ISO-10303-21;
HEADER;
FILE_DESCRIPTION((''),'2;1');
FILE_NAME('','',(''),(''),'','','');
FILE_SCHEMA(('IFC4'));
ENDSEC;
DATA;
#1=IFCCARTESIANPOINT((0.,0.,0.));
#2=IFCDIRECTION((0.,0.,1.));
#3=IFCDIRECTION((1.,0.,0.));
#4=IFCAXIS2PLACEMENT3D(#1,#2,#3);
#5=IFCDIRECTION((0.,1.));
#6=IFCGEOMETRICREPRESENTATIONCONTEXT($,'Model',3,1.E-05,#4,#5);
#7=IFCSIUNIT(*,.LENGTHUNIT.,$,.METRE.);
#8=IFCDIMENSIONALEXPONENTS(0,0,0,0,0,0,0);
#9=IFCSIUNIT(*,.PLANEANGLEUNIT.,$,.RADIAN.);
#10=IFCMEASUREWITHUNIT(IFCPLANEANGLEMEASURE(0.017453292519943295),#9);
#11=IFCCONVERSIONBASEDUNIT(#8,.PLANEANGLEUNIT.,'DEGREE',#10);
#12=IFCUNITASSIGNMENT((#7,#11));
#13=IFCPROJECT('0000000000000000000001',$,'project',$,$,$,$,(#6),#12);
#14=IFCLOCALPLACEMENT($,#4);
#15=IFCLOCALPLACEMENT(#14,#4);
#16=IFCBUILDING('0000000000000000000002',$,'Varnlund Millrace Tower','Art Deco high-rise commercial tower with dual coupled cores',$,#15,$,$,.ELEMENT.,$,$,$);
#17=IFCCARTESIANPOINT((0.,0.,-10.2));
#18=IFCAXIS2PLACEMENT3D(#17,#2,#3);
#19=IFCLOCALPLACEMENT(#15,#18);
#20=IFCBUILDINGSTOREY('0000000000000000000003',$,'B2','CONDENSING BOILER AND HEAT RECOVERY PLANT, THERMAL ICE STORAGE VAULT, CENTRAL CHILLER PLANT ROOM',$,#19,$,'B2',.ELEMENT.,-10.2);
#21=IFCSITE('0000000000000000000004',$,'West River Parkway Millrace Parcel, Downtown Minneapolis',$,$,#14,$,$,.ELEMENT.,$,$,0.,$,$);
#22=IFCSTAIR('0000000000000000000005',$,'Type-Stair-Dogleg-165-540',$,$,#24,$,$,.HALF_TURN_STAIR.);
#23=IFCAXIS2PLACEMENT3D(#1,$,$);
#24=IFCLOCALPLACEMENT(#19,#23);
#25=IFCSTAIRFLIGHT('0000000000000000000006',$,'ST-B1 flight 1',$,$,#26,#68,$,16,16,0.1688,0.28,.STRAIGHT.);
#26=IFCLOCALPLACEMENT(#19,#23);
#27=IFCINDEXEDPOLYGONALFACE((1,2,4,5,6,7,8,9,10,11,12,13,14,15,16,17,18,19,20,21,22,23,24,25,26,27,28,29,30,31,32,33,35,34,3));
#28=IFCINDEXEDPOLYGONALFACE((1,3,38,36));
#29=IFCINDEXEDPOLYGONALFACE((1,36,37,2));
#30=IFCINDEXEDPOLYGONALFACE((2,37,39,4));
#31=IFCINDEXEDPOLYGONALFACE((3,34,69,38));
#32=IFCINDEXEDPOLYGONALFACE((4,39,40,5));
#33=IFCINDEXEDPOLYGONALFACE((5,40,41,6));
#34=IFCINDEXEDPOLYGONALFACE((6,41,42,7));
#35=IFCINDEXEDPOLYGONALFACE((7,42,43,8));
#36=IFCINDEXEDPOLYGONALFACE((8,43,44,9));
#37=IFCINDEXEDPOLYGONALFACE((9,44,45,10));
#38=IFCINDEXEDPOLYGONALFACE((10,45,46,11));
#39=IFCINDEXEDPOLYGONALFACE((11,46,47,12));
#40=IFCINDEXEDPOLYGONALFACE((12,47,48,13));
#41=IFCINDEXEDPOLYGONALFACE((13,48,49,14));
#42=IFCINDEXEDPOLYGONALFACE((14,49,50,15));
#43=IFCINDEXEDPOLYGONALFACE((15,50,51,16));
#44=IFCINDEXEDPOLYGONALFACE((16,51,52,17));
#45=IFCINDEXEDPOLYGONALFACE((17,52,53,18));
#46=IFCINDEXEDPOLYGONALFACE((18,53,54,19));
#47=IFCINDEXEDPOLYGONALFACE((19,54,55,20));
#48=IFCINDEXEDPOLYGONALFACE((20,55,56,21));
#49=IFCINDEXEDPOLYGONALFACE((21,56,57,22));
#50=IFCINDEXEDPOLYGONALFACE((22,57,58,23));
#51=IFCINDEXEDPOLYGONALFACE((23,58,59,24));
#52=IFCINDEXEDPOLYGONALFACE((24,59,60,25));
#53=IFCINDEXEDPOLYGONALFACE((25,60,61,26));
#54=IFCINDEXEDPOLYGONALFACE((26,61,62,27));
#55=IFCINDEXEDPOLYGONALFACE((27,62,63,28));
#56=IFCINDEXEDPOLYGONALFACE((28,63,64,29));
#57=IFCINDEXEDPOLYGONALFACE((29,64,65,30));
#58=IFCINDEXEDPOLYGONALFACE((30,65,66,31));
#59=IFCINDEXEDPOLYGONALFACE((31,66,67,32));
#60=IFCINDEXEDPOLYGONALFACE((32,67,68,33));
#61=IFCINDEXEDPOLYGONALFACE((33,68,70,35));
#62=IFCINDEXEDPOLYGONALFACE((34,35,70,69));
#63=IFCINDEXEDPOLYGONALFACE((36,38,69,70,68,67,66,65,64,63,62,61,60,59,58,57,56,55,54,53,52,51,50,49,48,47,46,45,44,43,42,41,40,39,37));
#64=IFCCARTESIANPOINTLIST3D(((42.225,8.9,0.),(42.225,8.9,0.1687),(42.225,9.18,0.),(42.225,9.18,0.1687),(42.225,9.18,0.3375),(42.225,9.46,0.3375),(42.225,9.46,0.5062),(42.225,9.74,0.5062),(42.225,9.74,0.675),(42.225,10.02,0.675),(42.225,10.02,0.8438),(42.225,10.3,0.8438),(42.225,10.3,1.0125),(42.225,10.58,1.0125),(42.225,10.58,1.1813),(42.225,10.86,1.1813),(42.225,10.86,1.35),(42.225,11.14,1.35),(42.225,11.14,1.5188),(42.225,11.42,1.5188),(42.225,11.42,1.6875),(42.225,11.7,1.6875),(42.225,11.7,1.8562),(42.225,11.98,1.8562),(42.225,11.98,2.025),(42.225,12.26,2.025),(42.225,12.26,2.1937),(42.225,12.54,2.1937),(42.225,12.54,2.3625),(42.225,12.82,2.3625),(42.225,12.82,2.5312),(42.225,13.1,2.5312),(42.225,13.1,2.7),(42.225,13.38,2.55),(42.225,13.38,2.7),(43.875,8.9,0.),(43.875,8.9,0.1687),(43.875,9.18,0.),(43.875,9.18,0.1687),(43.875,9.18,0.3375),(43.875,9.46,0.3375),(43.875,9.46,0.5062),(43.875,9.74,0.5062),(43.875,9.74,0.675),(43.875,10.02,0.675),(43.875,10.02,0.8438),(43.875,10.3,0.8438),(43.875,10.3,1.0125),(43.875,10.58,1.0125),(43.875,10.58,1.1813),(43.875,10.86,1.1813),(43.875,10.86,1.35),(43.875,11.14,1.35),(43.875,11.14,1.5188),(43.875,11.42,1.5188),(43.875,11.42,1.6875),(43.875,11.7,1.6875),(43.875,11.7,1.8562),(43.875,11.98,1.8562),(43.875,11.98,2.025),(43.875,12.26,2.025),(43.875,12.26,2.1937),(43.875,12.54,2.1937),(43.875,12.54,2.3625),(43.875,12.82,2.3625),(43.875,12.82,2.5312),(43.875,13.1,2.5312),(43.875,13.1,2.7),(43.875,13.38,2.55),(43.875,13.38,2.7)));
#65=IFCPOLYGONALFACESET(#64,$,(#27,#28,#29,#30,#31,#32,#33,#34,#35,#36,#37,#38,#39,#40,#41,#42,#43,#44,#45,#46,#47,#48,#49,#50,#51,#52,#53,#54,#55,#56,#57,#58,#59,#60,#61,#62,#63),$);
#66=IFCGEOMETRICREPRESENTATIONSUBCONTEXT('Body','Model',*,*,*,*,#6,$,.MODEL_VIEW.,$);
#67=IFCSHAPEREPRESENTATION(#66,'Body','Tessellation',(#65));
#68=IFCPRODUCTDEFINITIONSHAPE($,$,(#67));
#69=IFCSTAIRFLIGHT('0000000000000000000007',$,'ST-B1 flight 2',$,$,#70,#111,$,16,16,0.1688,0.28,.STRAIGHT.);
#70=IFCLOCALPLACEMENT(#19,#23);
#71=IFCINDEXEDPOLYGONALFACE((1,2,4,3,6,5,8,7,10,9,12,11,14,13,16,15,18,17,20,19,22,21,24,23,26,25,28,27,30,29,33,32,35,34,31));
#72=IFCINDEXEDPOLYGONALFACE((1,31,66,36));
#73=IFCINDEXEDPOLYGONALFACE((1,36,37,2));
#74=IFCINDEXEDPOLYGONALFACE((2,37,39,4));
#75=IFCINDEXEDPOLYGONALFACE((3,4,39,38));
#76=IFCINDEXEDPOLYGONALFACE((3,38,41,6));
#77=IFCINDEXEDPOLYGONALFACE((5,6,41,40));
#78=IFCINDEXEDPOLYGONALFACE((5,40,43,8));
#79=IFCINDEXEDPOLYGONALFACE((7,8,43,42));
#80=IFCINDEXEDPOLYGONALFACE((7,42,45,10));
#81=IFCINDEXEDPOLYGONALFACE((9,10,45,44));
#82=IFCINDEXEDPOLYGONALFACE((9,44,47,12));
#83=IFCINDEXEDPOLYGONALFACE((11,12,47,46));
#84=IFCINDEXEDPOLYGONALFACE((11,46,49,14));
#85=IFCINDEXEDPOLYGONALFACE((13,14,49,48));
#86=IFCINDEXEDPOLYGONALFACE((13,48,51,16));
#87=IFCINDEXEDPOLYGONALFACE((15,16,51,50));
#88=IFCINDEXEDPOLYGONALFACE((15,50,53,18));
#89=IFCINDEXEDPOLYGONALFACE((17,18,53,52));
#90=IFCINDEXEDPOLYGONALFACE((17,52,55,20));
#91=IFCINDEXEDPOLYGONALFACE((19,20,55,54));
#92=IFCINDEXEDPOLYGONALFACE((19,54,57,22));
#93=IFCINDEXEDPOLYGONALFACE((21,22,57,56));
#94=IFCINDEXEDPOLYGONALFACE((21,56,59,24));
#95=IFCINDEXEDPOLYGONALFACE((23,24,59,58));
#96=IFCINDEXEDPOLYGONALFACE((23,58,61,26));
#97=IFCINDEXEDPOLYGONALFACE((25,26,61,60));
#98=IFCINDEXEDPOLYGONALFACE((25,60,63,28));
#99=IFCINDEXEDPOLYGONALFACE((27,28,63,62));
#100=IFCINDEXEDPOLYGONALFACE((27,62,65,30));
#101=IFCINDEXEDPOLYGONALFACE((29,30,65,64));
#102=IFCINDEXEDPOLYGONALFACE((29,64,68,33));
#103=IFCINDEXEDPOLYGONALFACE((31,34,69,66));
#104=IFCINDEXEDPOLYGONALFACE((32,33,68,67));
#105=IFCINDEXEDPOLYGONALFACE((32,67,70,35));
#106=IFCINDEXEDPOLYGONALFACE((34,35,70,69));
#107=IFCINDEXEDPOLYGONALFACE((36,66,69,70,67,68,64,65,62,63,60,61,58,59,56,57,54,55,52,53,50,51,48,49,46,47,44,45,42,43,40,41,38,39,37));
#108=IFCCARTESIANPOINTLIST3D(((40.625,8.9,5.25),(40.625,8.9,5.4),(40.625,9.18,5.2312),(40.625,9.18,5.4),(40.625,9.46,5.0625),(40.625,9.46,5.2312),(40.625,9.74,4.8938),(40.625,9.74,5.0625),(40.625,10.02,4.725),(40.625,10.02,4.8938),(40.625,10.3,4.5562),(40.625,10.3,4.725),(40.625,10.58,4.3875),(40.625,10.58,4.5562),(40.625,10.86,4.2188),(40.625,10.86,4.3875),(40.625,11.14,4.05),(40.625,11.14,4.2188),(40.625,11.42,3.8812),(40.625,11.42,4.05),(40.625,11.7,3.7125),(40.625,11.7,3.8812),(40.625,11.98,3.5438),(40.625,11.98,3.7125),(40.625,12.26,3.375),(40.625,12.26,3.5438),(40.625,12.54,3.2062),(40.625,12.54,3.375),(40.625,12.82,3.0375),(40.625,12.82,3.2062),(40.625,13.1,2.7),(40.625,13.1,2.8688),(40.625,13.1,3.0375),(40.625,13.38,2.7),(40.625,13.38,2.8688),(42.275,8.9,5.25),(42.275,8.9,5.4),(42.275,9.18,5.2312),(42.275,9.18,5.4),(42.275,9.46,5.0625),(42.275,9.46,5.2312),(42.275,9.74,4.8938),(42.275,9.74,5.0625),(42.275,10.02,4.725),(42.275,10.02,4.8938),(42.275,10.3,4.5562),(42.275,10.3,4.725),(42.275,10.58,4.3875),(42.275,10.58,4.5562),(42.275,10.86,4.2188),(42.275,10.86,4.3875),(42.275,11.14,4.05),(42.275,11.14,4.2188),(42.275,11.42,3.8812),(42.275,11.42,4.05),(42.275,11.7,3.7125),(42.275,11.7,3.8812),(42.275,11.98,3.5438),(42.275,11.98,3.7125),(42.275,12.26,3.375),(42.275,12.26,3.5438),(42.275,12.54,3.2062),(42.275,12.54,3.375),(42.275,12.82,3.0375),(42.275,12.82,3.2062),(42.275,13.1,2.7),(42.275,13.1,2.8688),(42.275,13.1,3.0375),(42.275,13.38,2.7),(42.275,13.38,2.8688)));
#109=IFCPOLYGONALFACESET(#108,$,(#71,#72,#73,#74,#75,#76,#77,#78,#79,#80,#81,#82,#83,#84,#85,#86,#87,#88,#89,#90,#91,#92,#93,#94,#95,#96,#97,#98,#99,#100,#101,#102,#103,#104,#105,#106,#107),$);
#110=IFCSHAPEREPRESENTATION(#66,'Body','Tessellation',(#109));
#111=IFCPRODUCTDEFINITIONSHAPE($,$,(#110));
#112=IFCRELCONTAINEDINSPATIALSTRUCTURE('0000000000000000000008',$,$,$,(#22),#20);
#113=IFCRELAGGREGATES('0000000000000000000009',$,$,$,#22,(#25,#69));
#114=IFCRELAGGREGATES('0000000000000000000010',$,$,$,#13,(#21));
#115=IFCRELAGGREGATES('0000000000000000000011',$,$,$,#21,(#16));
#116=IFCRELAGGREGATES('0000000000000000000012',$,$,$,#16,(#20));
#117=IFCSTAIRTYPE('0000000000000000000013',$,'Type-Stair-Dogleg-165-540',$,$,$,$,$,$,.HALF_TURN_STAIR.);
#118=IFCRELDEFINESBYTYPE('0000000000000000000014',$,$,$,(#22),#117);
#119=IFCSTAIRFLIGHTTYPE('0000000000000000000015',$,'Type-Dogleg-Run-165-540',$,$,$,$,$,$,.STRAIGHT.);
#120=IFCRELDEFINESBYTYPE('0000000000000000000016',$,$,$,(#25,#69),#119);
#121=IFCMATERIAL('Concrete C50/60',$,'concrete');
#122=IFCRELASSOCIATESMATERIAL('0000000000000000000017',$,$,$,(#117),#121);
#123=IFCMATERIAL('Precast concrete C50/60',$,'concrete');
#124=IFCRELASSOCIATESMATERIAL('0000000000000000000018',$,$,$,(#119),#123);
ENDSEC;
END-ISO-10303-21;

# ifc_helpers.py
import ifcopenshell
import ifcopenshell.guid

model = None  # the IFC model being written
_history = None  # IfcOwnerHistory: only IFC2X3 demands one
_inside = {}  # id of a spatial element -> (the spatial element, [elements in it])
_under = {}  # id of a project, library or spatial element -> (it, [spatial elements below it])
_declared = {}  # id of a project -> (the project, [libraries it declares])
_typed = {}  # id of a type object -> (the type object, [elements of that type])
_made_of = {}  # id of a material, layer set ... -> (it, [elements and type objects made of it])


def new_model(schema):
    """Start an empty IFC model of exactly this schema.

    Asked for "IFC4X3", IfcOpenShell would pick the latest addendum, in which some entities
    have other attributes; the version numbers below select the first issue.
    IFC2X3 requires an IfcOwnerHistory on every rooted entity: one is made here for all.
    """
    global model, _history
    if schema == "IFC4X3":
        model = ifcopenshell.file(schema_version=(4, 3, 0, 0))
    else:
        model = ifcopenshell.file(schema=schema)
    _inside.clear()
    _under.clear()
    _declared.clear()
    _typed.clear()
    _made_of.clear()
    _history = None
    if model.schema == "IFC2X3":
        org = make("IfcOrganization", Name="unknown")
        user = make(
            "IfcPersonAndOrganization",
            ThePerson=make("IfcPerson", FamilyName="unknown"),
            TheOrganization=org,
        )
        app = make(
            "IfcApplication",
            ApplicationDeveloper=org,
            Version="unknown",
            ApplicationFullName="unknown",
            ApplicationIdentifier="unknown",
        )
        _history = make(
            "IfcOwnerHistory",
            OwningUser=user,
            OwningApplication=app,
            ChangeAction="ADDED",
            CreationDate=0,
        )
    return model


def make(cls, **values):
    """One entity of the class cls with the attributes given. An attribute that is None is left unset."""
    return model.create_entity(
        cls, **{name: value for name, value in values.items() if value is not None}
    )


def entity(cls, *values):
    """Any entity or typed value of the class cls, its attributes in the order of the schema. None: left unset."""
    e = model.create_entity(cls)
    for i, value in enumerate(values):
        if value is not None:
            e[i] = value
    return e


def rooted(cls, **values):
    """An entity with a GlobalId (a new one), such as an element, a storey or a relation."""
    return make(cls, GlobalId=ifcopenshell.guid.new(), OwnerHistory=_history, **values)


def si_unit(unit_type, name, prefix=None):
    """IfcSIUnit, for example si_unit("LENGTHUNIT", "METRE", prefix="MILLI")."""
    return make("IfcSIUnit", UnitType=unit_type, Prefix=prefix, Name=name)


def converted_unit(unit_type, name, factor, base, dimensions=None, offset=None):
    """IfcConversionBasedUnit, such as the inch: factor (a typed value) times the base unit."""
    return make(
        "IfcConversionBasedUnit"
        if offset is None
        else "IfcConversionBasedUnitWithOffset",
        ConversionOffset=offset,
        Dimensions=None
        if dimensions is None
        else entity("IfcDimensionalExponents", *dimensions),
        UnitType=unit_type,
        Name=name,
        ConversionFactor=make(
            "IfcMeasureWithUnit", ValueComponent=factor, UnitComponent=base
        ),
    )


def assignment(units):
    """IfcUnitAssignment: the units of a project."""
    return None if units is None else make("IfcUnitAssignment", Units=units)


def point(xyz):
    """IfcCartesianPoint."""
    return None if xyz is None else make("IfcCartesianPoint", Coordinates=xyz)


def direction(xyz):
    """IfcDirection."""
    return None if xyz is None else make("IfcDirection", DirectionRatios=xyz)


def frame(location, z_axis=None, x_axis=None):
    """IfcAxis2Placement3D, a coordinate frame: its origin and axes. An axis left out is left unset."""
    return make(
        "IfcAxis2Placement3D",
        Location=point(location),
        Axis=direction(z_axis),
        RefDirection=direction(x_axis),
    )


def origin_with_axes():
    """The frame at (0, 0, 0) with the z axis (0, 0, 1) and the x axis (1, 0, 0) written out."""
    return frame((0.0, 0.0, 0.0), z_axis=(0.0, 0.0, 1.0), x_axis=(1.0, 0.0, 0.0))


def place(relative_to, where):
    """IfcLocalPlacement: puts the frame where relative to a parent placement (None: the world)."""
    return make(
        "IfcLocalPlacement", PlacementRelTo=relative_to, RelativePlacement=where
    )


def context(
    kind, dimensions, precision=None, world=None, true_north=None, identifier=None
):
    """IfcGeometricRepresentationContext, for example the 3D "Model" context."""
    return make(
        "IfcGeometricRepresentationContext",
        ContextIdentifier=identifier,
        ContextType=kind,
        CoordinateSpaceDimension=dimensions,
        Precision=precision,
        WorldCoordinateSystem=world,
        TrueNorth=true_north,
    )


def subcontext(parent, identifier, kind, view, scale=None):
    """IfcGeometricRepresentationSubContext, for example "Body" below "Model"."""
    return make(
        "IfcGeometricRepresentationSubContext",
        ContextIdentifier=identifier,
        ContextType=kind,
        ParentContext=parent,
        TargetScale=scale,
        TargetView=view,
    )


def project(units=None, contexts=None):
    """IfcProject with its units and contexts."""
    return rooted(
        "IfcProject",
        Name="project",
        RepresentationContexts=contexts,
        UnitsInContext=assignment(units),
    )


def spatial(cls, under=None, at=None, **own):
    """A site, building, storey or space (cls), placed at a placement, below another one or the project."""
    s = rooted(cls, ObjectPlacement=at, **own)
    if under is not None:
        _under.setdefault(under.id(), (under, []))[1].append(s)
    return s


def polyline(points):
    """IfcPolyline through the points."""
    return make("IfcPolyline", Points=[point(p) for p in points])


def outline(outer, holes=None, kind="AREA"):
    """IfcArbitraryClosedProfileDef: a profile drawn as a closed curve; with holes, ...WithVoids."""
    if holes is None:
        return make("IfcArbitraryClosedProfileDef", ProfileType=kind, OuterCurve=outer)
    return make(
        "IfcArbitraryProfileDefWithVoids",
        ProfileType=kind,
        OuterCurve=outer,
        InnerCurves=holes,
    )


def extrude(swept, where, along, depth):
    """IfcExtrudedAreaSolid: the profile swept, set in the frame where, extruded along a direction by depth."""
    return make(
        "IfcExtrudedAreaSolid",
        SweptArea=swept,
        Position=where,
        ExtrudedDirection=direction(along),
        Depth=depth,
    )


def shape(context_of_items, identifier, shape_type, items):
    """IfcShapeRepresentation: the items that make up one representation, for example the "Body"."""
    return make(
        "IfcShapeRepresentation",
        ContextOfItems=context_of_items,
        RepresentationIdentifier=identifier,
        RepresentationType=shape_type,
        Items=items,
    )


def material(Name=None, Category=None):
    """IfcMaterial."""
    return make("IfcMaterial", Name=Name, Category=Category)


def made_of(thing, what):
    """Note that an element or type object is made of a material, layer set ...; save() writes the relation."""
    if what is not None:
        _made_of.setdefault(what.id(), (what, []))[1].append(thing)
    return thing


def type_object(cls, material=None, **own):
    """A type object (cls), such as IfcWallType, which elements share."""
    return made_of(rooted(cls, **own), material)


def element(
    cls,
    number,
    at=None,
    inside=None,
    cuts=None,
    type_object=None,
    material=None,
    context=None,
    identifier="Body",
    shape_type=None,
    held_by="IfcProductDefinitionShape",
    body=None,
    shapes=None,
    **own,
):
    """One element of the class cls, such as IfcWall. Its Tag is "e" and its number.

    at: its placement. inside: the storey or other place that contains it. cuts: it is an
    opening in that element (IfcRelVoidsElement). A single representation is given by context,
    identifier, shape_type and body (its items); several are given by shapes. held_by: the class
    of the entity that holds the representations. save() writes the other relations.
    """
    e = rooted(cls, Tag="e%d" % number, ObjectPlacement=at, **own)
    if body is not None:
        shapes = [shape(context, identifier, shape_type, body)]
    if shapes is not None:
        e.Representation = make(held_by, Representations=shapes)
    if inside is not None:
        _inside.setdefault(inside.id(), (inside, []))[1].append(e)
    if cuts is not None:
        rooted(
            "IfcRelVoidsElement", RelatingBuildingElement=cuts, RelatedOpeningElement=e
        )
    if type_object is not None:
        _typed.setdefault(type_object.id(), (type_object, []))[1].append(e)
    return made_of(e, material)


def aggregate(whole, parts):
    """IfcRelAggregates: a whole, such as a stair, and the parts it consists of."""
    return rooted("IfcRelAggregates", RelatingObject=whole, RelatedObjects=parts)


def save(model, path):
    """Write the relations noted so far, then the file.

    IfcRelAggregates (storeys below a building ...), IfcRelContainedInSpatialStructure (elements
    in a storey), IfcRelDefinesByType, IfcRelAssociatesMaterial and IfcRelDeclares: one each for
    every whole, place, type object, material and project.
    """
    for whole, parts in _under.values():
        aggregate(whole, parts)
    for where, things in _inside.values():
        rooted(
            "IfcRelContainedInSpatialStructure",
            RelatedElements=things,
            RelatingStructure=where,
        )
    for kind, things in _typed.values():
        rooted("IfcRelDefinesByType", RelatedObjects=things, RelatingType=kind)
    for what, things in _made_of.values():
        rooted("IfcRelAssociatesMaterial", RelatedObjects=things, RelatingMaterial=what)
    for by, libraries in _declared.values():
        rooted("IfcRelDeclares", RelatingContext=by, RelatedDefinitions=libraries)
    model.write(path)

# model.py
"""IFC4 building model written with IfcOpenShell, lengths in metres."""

from ifc_helpers import new_model, entity, si_unit, converted_unit, direction, frame, origin_with_axes, place, context, subcontext, project, spatial, polyline, outline, extrude, material, type_object, element, aggregate, save


model = new_model("IFC4")

# Units and contexts
model_context = context("Model", 3, precision=1e-05, world=origin_with_axes(), true_north=direction((0.0, 1.0)))
body_context = subcontext(model_context, "Body", "Model", "MODEL_VIEW")
ifc_project = project(units=[si_unit("LENGTHUNIT", "METRE"), converted_unit("PLANEANGLEUNIT", "DEGREE", entity("IfcPlaneAngleMeasure", 0.017453292519943295), si_unit("PLANEANGLEUNIT", "RADIAN"), dimensions=[0, 0, 0, 0, 0, 0, 0])], contexts=[model_context])

# Site, building, storey
site_placement = place(None, origin_with_axes())
site = spatial("IfcSite", under=ifc_project, at=site_placement, Name="West River Parkway Millrace Parcel, Downtown Minneapolis", CompositionType="ELEMENT", RefElevation=0.0)
building_placement = place(site_placement, origin_with_axes())
building = spatial("IfcBuilding", under=site, at=building_placement, Name="Varnlund Millrace Tower", Description="Art Deco high-rise commercial tower with dual coupled cores", CompositionType="ELEMENT")
storey_placement = place(building_placement, frame((0.0, 0.0, -10.2), z_axis=(0.0, 0.0, 1.0), x_axis=(1.0, 0.0, 0.0)))
storey = spatial("IfcBuildingStorey", under=building, at=storey_placement, Name="B2", Description="CONDENSING BOILER AND HEAT RECOVERY PLANT, THERMAL ICE STORAGE VAULT, CENTRAL CHILLER PLANT ROOM", LongName="B2", CompositionType="ELEMENT", Elevation=-10.2)

# Stair, stair flights
ifc_material_1 = material(Name="Concrete C50/60", Category="concrete")
stair_type = type_object("IfcStairType", Name="Type-Stair-Dogleg-165-540", PredefinedType="HALF_TURN_STAIR", material=ifc_material_1)
stair_placement = place(storey_placement, origin_with_axes())
stair = element("IfcStair", 1, at=stair_placement, inside=storey, type_object=stair_type, Name="Type-Stair-Dogleg-165-540", PredefinedType="HALF_TURN_STAIR")
ifc_material_2 = material(Name="Precast concrete C50/60", Category="concrete")
stair_flight_type = type_object("IfcStairFlightType", Name="Type-Dogleg-Run-165-540", PredefinedType="STRAIGHT", material=ifc_material_2)
stair_flight_1_placement = place(storey_placement, frame((42.225, 8.9, 0.0), z_axis=(1.0, 0.0, 0.0), x_axis=(0.0, 1.0, 0.0)))
stair_flight_1 = element("IfcStairFlight", 2, at=stair_flight_1_placement, type_object=stair_flight_type, Name="ST-B1 flight 1", NumberOfRisers=16, NumberOfTreads=16, PredefinedType="STRAIGHT", RiserHeight=0.1688, TreadLength=0.28, context=body_context, shape_type="SweptSolid", body=[
    extrude(outline(polyline([(0.0, 0.0), (0.0, 0.1688), (0.28, 0.1688), (0.28, 0.3375), (0.56, 0.3375), (0.56, 0.5062), (0.84, 0.5062), (0.84, 0.675), (1.12, 0.675), (1.12, 0.8438), (1.4, 0.8438), (1.4, 1.0125), (1.68, 1.0125), (1.68, 1.1812), (1.96, 1.1812), (1.96, 1.35), (2.24, 1.35), (2.24, 1.5188), (2.52, 1.5188), (2.52, 1.6875), (2.8, 1.6875), (2.8, 1.8562), (3.08, 1.8562), (3.08, 2.025), (3.36, 2.025), (3.36, 2.1938), (3.64, 2.1938), (3.64, 2.3625), (3.92, 2.3625), (3.92, 2.5312), (4.2, 2.5312), (4.2, 2.7), (4.48, 2.7), (4.48, 2.55), (0.28, 0.0), (0.0, 0.0)])), origin_with_axes(), (0.0, 0.0, 1.0), 1.65),
])
stair_flight_2_placement = place(storey_placement, frame((42.275, 13.38, 2.7), z_axis=(-1.0, 0.0, 0.0), x_axis=(0.0, -1.0, 0.0)))
stair_flight_2 = element("IfcStairFlight", 3, at=stair_flight_2_placement, type_object=stair_flight_type, Name="ST-B1 flight 2", NumberOfRisers=16, NumberOfTreads=16, PredefinedType="STRAIGHT", RiserHeight=0.1688, TreadLength=0.28, context=body_context, shape_type="SweptSolid", body=[
    extrude(outline(polyline([(0.0, 0.0), (0.0, 0.1688), (0.28, 0.1688), (0.28, 0.3375), (0.56, 0.3375), (0.56, 0.5062), (0.84, 0.5062), (0.84, 0.675), (1.12, 0.675), (1.12, 0.8438), (1.4, 0.8438), (1.4, 1.0125), (1.68, 1.0125), (1.68, 1.1812), (1.96, 1.1812), (1.96, 1.35), (2.24, 1.35), (2.24, 1.5188), (2.52, 1.5188), (2.52, 1.6875), (2.8, 1.6875), (2.8, 1.8562), (3.08, 1.8562), (3.08, 2.025), (3.36, 2.025), (3.36, 2.1938), (3.64, 2.1938), (3.64, 2.3625), (3.92, 2.3625), (3.92, 2.5312), (4.2, 2.5312), (4.2, 2.7), (4.48, 2.7), (4.48, 2.55), (0.28, 0.0), (0.0, 0.0)])), origin_with_axes(), (0.0, 0.0, 1.0), 1.65),
])
aggregate(stair, [stair_flight_1, stair_flight_2])

save(model, "model.ifc")
